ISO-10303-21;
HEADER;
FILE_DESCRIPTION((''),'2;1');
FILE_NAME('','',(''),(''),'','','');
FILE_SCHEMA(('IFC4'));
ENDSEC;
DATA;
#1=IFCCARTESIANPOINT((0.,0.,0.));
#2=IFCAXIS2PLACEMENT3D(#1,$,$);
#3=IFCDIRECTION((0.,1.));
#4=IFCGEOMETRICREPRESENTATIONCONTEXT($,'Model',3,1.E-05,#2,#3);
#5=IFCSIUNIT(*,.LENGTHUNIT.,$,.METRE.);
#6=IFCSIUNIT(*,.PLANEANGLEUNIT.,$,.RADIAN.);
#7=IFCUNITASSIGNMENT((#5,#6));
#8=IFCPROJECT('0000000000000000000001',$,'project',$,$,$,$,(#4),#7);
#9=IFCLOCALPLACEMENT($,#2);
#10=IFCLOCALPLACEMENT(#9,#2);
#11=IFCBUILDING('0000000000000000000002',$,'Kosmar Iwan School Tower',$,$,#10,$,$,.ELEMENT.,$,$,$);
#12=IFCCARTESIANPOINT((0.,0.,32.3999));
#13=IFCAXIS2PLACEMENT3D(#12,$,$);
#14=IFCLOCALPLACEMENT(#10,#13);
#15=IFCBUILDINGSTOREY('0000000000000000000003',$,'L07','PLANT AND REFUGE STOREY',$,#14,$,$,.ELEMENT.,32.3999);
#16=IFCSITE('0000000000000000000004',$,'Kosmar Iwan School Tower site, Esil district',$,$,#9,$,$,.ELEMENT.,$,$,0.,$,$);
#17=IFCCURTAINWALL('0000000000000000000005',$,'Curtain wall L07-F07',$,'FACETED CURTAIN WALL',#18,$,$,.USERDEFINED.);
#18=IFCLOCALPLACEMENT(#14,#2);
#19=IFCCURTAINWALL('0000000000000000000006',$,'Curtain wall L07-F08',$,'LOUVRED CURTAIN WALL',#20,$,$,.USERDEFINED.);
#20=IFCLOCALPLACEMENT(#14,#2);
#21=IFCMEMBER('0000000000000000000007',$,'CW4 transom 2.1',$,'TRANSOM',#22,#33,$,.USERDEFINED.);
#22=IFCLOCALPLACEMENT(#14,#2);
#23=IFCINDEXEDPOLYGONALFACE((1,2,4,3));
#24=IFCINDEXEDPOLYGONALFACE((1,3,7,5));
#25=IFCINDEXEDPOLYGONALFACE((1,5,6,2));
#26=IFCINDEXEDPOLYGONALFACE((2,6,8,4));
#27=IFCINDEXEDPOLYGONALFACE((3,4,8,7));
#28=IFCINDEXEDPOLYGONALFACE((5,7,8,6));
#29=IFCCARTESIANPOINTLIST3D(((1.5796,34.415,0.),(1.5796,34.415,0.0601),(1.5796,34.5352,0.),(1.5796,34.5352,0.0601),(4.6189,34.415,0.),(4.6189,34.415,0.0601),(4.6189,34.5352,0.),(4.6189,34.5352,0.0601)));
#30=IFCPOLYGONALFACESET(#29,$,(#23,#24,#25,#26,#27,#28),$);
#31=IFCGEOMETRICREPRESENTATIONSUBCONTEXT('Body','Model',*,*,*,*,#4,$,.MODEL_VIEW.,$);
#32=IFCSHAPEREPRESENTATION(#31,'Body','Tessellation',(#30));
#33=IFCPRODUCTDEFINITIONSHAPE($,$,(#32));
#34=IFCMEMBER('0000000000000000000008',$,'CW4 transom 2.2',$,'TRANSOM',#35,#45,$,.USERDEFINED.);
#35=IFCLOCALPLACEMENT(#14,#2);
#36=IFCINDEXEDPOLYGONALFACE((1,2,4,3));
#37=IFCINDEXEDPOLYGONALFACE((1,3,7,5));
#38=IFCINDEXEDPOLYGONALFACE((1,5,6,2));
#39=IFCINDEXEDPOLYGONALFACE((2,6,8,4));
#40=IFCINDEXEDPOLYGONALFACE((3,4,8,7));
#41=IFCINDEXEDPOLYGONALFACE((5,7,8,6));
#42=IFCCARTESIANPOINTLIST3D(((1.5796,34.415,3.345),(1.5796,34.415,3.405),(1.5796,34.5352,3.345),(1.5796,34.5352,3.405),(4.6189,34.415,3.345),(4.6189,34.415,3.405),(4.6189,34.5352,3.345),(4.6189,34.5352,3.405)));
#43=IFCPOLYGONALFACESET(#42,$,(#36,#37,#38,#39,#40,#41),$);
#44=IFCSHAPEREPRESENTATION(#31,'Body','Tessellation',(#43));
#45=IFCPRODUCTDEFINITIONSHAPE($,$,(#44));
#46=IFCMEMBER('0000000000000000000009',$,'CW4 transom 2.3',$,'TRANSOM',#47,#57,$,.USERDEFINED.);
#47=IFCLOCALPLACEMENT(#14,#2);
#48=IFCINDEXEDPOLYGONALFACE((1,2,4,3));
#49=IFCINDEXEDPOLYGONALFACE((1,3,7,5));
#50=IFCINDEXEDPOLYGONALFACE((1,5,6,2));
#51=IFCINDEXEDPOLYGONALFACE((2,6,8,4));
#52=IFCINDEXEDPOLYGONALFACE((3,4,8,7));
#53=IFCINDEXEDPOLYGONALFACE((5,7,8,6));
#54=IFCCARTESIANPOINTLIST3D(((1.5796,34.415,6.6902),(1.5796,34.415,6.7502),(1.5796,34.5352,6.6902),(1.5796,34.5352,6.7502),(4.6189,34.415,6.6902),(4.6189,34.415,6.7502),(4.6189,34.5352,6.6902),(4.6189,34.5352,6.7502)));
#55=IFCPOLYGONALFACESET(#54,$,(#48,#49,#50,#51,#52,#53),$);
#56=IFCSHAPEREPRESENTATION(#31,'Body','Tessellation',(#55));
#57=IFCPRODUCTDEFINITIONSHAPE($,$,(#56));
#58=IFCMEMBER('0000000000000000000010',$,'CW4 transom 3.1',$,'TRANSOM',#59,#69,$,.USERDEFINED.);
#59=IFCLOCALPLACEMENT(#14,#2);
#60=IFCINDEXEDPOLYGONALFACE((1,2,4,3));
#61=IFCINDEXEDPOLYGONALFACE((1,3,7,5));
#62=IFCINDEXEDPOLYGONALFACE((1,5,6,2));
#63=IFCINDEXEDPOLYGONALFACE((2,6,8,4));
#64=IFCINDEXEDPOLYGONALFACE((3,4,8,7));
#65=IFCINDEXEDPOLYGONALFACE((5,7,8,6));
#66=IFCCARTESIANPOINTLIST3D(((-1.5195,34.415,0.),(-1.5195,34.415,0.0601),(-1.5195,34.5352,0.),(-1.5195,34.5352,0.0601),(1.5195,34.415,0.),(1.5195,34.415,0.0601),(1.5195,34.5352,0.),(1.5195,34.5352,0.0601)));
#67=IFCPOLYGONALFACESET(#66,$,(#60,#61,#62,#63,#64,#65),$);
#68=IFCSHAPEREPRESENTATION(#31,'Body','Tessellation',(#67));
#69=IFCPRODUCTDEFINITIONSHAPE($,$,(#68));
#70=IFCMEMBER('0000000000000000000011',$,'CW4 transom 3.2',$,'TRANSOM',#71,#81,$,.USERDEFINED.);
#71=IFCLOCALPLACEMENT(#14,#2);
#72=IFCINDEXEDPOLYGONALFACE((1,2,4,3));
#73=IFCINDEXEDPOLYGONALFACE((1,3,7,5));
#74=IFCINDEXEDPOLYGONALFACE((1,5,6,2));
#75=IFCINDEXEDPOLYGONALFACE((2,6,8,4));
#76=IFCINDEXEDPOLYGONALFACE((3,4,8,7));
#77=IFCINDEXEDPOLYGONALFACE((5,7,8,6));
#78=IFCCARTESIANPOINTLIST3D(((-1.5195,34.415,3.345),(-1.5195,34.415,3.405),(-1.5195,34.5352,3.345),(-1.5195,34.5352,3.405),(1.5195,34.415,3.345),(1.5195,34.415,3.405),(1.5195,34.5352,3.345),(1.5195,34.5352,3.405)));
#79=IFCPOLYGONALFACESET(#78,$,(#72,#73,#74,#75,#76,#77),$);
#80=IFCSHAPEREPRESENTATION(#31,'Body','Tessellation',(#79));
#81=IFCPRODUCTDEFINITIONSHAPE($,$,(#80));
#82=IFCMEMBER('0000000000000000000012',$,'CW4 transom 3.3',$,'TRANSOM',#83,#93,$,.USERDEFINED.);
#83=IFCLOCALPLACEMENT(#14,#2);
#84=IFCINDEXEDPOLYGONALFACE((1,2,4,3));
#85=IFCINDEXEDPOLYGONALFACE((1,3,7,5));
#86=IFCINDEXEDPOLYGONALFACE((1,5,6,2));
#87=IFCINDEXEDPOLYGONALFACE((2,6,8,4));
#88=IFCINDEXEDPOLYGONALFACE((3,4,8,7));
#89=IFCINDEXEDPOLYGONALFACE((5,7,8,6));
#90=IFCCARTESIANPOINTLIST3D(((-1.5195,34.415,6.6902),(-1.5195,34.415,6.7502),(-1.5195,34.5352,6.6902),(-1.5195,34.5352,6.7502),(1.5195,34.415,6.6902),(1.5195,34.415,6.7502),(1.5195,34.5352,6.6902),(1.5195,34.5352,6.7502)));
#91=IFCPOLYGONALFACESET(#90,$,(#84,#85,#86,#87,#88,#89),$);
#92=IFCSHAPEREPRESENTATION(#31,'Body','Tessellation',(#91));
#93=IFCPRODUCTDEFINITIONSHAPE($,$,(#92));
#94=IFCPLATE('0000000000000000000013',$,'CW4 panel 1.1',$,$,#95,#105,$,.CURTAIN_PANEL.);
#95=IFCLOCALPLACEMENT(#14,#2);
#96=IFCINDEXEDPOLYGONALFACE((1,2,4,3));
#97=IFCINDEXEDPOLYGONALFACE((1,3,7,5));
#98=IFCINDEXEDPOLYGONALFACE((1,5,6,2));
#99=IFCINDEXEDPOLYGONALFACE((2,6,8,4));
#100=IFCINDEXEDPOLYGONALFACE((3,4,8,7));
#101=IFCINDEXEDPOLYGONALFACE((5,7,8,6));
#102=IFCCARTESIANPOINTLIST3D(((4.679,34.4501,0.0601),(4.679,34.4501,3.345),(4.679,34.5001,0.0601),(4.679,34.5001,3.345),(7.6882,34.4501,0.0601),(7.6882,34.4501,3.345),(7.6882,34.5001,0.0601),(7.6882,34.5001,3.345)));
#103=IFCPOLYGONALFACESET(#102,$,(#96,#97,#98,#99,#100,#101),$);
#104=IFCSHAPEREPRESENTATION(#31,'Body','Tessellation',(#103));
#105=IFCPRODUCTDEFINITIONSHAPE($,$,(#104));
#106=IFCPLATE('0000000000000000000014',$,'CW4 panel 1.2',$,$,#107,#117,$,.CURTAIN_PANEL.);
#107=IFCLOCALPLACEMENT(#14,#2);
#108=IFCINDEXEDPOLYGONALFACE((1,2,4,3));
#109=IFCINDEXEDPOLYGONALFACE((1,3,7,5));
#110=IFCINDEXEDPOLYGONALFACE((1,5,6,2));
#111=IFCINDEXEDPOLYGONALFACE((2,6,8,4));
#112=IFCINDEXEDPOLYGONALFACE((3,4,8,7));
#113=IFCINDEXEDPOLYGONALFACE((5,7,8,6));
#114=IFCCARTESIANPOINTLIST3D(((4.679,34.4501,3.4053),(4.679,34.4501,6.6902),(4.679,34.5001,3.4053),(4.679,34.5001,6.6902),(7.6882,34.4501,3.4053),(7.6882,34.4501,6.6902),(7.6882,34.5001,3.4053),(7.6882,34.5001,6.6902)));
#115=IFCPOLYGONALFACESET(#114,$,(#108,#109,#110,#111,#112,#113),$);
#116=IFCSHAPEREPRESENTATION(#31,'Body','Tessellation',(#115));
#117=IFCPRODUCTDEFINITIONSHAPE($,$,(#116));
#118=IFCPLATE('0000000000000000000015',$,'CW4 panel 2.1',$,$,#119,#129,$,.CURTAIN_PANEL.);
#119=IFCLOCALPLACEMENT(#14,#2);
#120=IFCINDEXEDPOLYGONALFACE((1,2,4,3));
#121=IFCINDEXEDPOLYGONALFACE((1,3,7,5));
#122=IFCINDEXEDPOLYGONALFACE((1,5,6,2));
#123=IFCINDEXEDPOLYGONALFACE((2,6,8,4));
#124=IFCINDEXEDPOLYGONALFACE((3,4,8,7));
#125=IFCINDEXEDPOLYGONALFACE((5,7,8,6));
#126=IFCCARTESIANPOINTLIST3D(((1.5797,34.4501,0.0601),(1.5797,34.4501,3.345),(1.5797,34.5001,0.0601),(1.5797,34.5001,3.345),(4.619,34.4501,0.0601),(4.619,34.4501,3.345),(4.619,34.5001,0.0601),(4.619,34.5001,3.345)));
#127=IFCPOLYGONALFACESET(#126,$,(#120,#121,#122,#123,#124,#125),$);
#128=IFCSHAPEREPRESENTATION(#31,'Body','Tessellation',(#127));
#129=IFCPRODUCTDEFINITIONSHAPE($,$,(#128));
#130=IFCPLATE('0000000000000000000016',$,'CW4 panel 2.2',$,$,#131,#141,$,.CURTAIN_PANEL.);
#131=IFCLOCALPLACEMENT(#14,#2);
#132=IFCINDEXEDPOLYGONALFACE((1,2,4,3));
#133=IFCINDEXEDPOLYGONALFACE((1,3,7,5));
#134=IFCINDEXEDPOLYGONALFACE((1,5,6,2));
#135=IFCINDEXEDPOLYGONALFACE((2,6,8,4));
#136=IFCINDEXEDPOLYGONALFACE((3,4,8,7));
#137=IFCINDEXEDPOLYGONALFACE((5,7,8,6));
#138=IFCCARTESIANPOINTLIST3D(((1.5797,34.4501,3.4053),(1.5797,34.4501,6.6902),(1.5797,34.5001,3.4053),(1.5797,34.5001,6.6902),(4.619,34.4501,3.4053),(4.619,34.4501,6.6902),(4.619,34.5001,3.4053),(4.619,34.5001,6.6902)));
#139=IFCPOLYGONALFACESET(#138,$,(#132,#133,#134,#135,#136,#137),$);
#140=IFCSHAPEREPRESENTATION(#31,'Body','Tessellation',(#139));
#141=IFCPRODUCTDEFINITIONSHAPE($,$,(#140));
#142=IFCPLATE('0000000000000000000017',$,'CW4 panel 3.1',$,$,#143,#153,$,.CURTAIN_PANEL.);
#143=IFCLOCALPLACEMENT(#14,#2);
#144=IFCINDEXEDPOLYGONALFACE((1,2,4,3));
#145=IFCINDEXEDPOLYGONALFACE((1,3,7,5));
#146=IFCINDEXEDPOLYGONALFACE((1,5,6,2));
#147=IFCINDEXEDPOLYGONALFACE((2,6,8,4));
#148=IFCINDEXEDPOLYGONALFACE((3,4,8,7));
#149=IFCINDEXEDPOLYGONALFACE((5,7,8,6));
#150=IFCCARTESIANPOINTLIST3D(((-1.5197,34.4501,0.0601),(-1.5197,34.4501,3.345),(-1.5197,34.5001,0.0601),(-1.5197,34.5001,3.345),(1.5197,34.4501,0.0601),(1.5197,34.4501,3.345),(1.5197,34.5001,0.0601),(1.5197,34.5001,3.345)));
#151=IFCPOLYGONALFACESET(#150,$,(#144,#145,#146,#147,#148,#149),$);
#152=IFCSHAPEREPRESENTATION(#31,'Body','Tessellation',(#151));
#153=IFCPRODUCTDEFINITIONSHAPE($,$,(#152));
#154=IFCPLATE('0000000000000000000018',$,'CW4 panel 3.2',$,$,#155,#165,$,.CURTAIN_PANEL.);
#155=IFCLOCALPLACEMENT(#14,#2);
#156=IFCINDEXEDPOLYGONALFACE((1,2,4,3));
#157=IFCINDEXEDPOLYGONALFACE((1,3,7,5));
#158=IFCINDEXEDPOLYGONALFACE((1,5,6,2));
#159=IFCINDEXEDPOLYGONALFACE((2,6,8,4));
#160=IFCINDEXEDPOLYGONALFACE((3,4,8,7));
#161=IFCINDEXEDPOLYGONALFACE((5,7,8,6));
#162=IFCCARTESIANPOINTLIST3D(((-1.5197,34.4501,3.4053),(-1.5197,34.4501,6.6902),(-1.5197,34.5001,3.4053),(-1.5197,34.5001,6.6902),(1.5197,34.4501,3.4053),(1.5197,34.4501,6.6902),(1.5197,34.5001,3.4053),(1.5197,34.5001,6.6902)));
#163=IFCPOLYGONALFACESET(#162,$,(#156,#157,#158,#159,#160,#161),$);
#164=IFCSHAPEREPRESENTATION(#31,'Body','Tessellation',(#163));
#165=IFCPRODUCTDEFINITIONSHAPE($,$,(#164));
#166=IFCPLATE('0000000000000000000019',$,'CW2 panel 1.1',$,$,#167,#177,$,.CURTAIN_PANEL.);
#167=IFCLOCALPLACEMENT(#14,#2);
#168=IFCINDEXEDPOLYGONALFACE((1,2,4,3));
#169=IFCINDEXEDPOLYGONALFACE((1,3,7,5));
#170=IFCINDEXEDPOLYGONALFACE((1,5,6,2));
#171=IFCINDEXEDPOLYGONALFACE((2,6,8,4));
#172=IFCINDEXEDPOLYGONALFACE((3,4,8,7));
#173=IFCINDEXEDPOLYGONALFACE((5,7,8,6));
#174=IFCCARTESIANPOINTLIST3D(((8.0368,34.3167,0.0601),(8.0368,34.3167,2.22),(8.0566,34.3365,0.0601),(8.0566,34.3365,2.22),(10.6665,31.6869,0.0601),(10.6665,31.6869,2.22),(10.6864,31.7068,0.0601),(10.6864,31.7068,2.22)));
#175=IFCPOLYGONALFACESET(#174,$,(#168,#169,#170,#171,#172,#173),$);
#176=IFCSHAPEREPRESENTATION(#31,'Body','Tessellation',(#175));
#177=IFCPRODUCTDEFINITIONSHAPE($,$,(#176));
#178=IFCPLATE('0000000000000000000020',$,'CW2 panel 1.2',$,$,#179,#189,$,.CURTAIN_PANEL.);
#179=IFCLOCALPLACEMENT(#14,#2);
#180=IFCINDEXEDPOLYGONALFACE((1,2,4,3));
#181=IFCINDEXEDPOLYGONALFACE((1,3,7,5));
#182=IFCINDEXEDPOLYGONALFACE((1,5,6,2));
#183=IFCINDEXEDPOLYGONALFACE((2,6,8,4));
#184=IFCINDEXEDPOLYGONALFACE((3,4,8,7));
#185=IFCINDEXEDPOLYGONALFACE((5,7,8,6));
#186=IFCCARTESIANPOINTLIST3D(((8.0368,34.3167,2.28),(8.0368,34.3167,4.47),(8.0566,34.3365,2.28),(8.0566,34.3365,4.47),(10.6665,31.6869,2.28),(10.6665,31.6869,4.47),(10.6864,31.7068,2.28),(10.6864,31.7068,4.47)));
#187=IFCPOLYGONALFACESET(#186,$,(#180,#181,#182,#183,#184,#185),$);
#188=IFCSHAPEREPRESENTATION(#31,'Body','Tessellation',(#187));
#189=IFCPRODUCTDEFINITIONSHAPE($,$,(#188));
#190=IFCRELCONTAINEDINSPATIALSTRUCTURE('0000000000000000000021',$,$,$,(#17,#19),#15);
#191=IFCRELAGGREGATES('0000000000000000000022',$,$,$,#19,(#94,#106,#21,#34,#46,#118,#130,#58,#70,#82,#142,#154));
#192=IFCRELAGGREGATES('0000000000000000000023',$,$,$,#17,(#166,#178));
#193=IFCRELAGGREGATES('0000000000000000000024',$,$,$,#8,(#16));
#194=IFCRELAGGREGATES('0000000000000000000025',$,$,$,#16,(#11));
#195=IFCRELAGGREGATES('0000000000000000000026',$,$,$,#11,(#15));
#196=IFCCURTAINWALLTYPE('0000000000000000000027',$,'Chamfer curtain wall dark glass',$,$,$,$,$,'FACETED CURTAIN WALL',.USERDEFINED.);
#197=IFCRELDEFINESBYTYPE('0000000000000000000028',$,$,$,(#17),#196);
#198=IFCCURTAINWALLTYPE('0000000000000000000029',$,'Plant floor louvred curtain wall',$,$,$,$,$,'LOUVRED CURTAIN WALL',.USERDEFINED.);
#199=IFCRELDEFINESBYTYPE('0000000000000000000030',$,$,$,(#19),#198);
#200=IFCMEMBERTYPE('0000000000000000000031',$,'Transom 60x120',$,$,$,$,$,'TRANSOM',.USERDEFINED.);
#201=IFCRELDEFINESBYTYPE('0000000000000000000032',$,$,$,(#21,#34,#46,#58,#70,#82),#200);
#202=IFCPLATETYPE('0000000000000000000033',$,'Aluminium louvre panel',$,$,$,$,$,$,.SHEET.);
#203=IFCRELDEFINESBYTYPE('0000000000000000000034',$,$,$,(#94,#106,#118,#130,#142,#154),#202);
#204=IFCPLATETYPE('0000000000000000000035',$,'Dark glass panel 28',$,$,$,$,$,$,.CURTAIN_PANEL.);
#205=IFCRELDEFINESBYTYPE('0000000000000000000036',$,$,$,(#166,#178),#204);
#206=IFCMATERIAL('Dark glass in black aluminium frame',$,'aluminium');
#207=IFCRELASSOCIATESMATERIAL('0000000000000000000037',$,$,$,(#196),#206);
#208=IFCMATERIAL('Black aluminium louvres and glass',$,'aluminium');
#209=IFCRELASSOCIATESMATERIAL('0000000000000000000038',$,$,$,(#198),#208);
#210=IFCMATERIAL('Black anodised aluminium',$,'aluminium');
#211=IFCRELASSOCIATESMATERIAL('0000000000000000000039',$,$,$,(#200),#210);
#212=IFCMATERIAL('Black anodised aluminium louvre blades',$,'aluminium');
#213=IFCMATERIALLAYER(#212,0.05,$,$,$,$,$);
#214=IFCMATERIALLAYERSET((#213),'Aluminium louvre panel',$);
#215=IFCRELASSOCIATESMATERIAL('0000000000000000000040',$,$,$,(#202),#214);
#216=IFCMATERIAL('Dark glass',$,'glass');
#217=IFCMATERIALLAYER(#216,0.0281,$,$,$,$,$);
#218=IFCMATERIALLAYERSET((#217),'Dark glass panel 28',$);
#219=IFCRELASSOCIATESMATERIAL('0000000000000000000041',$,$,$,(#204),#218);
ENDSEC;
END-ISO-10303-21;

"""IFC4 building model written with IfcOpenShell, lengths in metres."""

from ifc_helpers import new_model, si_unit, direction, frame, origin, origin_2d, place, context, subcontext, project, spatial, rectangle, extrude, material, layer, layer_set, material_profile, profile_set, type_object, element, aggregate, save


model = new_model("IFC4")

# Units and contexts
model_context = context("Model", 3, precision=1e-05, world=origin(), true_north=direction((0.0, 1.0)))
body_context = subcontext(model_context, "Body", "Model", "MODEL_VIEW")
ifc_project = project(units=[si_unit("LENGTHUNIT", "METRE"), si_unit("PLANEANGLEUNIT", "RADIAN")], contexts=[model_context])

# Site, building, storey
site_placement = place(None, origin())
site = spatial("IfcSite", under=ifc_project, at=site_placement, Name="Kosmar Iwan School Tower site, Esil district", CompositionType="ELEMENT", RefElevation=0.0)
building_placement = place(site_placement, origin())
building = spatial("IfcBuilding", under=site, at=building_placement, Name="Kosmar Iwan School Tower", CompositionType="ELEMENT")
storey_placement = place(building_placement, frame((0.0, 0.0, 32.3999)))
storey = spatial("IfcBuildingStorey", under=building, at=storey_placement, Name="L07", Description="PLANT AND REFUGE STOREY", CompositionType="ELEMENT", Elevation=32.3999)

# Curtain wall
ifc_material_1 = material(Name="Dark glass in black aluminium frame", Category="aluminium")
curtain_wall_type_1 = type_object("IfcCurtainWallType", Name="Chamfer curtain wall dark glass", ElementType="FACETED CURTAIN WALL", PredefinedType="USERDEFINED", material=ifc_material_1)
curtain_wall_1_placement = place(storey_placement, origin())
curtain_wall_1 = element("IfcCurtainWall", 1, at=curtain_wall_1_placement, inside=storey, type_object=curtain_wall_type_1, Name="Curtain wall L07-F07", ObjectType="FACETED CURTAIN WALL", PredefinedType="USERDEFINED")

# Curtain wall
ifc_material_2 = material(Name="Black aluminium louvres and glass", Category="aluminium")
curtain_wall_type_2 = type_object("IfcCurtainWallType", Name="Plant floor louvred curtain wall", ElementType="LOUVRED CURTAIN WALL", PredefinedType="USERDEFINED", material=ifc_material_2)
curtain_wall_2_placement = place(storey_placement, origin())
curtain_wall_2 = element("IfcCurtainWall", 2, at=curtain_wall_2_placement, inside=storey, type_object=curtain_wall_type_2, Name="Curtain wall L07-F08", ObjectType="LOUVRED CURTAIN WALL", PredefinedType="USERDEFINED")

# Members
ifc_material_3 = material(Name="Black anodised aluminium", Category="aluminium")
ifc_material_profile_1 = material_profile(ifc_material_3, rectangle(XDim=0.1201, YDim=0.0601, at=origin_2d()), Name="TRANSOM 60x120")
ifc_profile_set_1 = profile_set([ifc_material_profile_1], Name="Black anodised aluminium")
member_type_1 = type_object("IfcMemberType", Name="Transom 60x120", ElementType="TRANSOM", PredefinedType="USERDEFINED", material=ifc_profile_set_1)
member_1_placement = place(storey_placement, frame((4.6189, 34.4751, 0.03), z_axis=(-1.0, 0.0, 0.0), x_axis=(0.0, -1.0, 0.0)))
member_1 = element("IfcMember", 3, at=member_1_placement, type_object=member_type_1, Name="CW4 transom 2.1", ObjectType="TRANSOM", PredefinedType="USERDEFINED", context=body_context, shape_type="SweptSolid", body=[
    extrude(rectangle(XDim=0.1201, YDim=0.0601, at=origin_2d()), origin(), (0.0, 0.0, 1.0), 3.0393),
])
member_2_placement = place(storey_placement, frame((4.6189, 34.4751, 3.375), z_axis=(-1.0, 0.0, 0.0), x_axis=(0.0, -1.0, 0.0)))
member_2 = element("IfcMember", 4, at=member_2_placement, type_object=member_type_1, Name="CW4 transom 2.2", ObjectType="TRANSOM", PredefinedType="USERDEFINED", context=body_context, shape_type="SweptSolid", body=[
    extrude(rectangle(XDim=0.1201, YDim=0.0601, at=origin_2d()), origin(), (0.0, 0.0, 1.0), 3.0393),
])
member_3_placement = place(storey_placement, frame((4.6189, 34.4751, 6.7202), z_axis=(-1.0, 0.0, 0.0), x_axis=(0.0, -1.0, 0.0)))
member_3 = element("IfcMember", 5, at=member_3_placement, type_object=member_type_1, Name="CW4 transom 2.3", ObjectType="TRANSOM", PredefinedType="USERDEFINED", context=body_context, shape_type="SweptSolid", body=[
    extrude(rectangle(XDim=0.1201, YDim=0.0601, at=origin_2d()), origin(), (0.0, 0.0, 1.0), 3.0393),
])
member_4_placement = place(storey_placement, frame((1.5195, 34.4751, 0.03), z_axis=(-1.0, 0.0, 0.0), x_axis=(0.0, -1.0, 0.0)))
member_4 = element("IfcMember", 6, at=member_4_placement, type_object=member_type_1, Name="CW4 transom 3.1", ObjectType="TRANSOM", PredefinedType="USERDEFINED", context=body_context, shape_type="SweptSolid", body=[
    extrude(rectangle(XDim=0.1201, YDim=0.0601, at=origin_2d()), origin(), (0.0, 0.0, 1.0), 3.0391),
])
member_5_placement = place(storey_placement, frame((1.5195, 34.4751, 3.375), z_axis=(-1.0, 0.0, 0.0), x_axis=(0.0, -1.0, 0.0)))
member_5 = element("IfcMember", 7, at=member_5_placement, type_object=member_type_1, Name="CW4 transom 3.2", ObjectType="TRANSOM", PredefinedType="USERDEFINED", context=body_context, shape_type="SweptSolid", body=[
    extrude(rectangle(XDim=0.1201, YDim=0.0601, at=origin_2d()), origin(), (0.0, 0.0, 1.0), 3.0391),
])
member_6_placement = place(storey_placement, frame((1.5195, 34.4751, 6.7202), z_axis=(-1.0, 0.0, 0.0), x_axis=(0.0, -1.0, 0.0)))
member_6 = element("IfcMember", 8, at=member_6_placement, type_object=member_type_1, Name="CW4 transom 3.3", ObjectType="TRANSOM", PredefinedType="USERDEFINED", context=body_context, shape_type="SweptSolid", body=[
    extrude(rectangle(XDim=0.1201, YDim=0.0601, at=origin_2d()), origin(), (0.0, 0.0, 1.0), 3.0391),
])

# Plates
ifc_material_4 = material(Name="Black anodised aluminium louvre blades", Category="aluminium")
ifc_layer_1 = layer(ifc_material_4, 0.05)
ifc_layer_set_1 = layer_set([ifc_layer_1], Name="Aluminium louvre panel")
plate_type_1 = type_object("IfcPlateType", Name="Aluminium louvre panel", PredefinedType="SHEET", material=ifc_layer_set_1)
plate_1_placement = place(storey_placement, frame((6.1836, 34.4751, 0.0601), z_axis=(0.0, 0.0, 1.0), x_axis=(-1.0, 0.0, 0.0)))
plate_1 = element("IfcPlate", 9, at=plate_1_placement, type_object=plate_type_1, Name="CW4 panel 1.1", PredefinedType="CURTAIN_PANEL", context=body_context, shape_type="SweptSolid", body=[
    extrude(rectangle(XDim=3.0093, YDim=0.05, at=origin_2d()), origin(), (0.0, 0.0, 1.0), 3.2849),
])
plate_2_placement = place(storey_placement, frame((6.1836, 34.4751, 3.4053), z_axis=(0.0, 0.0, 1.0), x_axis=(-1.0, 0.0, 0.0)))
plate_2 = element("IfcPlate", 10, at=plate_2_placement, type_object=plate_type_1, Name="CW4 panel 1.2", PredefinedType="CURTAIN_PANEL", context=body_context, shape_type="SweptSolid", body=[
    extrude(rectangle(XDim=3.0093, YDim=0.05, at=origin_2d()), origin(), (0.0, 0.0, 1.0), 3.2849),
])
plate_3_placement = place(storey_placement, frame((3.0994, 34.4751, 0.0601), z_axis=(0.0, 0.0, 1.0), x_axis=(-1.0, 0.0, 0.0)))
plate_3 = element("IfcPlate", 11, at=plate_3_placement, type_object=plate_type_1, Name="CW4 panel 2.1", PredefinedType="CURTAIN_PANEL", context=body_context, shape_type="SweptSolid", body=[
    extrude(rectangle(XDim=3.0393, YDim=0.05, at=origin_2d()), origin(), (0.0, 0.0, 1.0), 3.2849),
])
plate_4_placement = place(storey_placement, frame((3.0994, 34.4751, 3.4053), z_axis=(0.0, 0.0, 1.0), x_axis=(-1.0, 0.0, 0.0)))
plate_4 = element("IfcPlate", 12, at=plate_4_placement, type_object=plate_type_1, Name="CW4 panel 2.2", PredefinedType="CURTAIN_PANEL", context=body_context, shape_type="SweptSolid", body=[
    extrude(rectangle(XDim=3.0393, YDim=0.05, at=origin_2d()), origin(), (0.0, 0.0, 1.0), 3.2849),
])
plate_5_placement = place(storey_placement, frame((0.0, 34.4751, 0.0601), z_axis=(0.0, 0.0, 1.0), x_axis=(-1.0, 0.0, 0.0)))
plate_5 = element("IfcPlate", 13, at=plate_5_placement, type_object=plate_type_1, Name="CW4 panel 3.1", PredefinedType="CURTAIN_PANEL", context=body_context, shape_type="SweptSolid", body=[
    extrude(rectangle(XDim=3.0393, YDim=0.05, at=origin_2d()), origin(), (0.0, 0.0, 1.0), 3.2849),
])
plate_6_placement = place(storey_placement, frame((0.0, 34.4751, 3.4053), z_axis=(0.0, 0.0, 1.0), x_axis=(-1.0, 0.0, 0.0)))
plate_6 = element("IfcPlate", 14, at=plate_6_placement, type_object=plate_type_1, Name="CW4 panel 3.2", PredefinedType="CURTAIN_PANEL", context=body_context, shape_type="SweptSolid", body=[
    extrude(rectangle(XDim=3.0393, YDim=0.05, at=origin_2d()), origin(), (0.0, 0.0, 1.0), 3.2849),
])
aggregate(curtain_wall_2, [plate_1, plate_2, member_1, member_2, member_3, plate_3, plate_4, member_4, member_5, member_6, plate_5, plate_6])
ifc_material_5 = material(Name="Dark glass", Category="glass")
ifc_layer_2 = layer(ifc_material_5, 0.0281)
ifc_layer_set_2 = layer_set([ifc_layer_2], Name="Dark glass panel 28")
plate_type_2 = type_object("IfcPlateType", Name="Dark glass panel 28", PredefinedType="CURTAIN_PANEL", material=ifc_layer_set_2)
plate_7_placement = place(storey_placement, frame((9.3616, 33.0117, 0.0601), z_axis=(0.0, 0.0, 1.0), x_axis=(-0.707107, 0.707107, 0.0)))
plate_7 = element("IfcPlate", 15, at=plate_7_placement, type_object=plate_type_2, Name="CW2 panel 1.1", PredefinedType="CURTAIN_PANEL", context=body_context, shape_type="SweptSolid", body=[
    extrude(rectangle(XDim=3.719, YDim=0.0281, at=origin_2d()), origin(), (0.0, 0.0, 1.0), 2.1599),
])
plate_8_placement = place(storey_placement, frame((9.3616, 33.0117, 2.28), z_axis=(0.0, 0.0, 1.0), x_axis=(-0.707107, 0.707107, 0.0)))
plate_8 = element("IfcPlate", 16, at=plate_8_placement, type_object=plate_type_2, Name="CW2 panel 1.2", PredefinedType="CURTAIN_PANEL", context=body_context, shape_type="SweptSolid", body=[
    extrude(rectangle(XDim=3.719, YDim=0.0281, at=origin_2d()), origin(), (0.0, 0.0, 1.0), 2.1899),
])
aggregate(curtain_wall_1, [plate_7, plate_8])

save(model, "model.ifc")
